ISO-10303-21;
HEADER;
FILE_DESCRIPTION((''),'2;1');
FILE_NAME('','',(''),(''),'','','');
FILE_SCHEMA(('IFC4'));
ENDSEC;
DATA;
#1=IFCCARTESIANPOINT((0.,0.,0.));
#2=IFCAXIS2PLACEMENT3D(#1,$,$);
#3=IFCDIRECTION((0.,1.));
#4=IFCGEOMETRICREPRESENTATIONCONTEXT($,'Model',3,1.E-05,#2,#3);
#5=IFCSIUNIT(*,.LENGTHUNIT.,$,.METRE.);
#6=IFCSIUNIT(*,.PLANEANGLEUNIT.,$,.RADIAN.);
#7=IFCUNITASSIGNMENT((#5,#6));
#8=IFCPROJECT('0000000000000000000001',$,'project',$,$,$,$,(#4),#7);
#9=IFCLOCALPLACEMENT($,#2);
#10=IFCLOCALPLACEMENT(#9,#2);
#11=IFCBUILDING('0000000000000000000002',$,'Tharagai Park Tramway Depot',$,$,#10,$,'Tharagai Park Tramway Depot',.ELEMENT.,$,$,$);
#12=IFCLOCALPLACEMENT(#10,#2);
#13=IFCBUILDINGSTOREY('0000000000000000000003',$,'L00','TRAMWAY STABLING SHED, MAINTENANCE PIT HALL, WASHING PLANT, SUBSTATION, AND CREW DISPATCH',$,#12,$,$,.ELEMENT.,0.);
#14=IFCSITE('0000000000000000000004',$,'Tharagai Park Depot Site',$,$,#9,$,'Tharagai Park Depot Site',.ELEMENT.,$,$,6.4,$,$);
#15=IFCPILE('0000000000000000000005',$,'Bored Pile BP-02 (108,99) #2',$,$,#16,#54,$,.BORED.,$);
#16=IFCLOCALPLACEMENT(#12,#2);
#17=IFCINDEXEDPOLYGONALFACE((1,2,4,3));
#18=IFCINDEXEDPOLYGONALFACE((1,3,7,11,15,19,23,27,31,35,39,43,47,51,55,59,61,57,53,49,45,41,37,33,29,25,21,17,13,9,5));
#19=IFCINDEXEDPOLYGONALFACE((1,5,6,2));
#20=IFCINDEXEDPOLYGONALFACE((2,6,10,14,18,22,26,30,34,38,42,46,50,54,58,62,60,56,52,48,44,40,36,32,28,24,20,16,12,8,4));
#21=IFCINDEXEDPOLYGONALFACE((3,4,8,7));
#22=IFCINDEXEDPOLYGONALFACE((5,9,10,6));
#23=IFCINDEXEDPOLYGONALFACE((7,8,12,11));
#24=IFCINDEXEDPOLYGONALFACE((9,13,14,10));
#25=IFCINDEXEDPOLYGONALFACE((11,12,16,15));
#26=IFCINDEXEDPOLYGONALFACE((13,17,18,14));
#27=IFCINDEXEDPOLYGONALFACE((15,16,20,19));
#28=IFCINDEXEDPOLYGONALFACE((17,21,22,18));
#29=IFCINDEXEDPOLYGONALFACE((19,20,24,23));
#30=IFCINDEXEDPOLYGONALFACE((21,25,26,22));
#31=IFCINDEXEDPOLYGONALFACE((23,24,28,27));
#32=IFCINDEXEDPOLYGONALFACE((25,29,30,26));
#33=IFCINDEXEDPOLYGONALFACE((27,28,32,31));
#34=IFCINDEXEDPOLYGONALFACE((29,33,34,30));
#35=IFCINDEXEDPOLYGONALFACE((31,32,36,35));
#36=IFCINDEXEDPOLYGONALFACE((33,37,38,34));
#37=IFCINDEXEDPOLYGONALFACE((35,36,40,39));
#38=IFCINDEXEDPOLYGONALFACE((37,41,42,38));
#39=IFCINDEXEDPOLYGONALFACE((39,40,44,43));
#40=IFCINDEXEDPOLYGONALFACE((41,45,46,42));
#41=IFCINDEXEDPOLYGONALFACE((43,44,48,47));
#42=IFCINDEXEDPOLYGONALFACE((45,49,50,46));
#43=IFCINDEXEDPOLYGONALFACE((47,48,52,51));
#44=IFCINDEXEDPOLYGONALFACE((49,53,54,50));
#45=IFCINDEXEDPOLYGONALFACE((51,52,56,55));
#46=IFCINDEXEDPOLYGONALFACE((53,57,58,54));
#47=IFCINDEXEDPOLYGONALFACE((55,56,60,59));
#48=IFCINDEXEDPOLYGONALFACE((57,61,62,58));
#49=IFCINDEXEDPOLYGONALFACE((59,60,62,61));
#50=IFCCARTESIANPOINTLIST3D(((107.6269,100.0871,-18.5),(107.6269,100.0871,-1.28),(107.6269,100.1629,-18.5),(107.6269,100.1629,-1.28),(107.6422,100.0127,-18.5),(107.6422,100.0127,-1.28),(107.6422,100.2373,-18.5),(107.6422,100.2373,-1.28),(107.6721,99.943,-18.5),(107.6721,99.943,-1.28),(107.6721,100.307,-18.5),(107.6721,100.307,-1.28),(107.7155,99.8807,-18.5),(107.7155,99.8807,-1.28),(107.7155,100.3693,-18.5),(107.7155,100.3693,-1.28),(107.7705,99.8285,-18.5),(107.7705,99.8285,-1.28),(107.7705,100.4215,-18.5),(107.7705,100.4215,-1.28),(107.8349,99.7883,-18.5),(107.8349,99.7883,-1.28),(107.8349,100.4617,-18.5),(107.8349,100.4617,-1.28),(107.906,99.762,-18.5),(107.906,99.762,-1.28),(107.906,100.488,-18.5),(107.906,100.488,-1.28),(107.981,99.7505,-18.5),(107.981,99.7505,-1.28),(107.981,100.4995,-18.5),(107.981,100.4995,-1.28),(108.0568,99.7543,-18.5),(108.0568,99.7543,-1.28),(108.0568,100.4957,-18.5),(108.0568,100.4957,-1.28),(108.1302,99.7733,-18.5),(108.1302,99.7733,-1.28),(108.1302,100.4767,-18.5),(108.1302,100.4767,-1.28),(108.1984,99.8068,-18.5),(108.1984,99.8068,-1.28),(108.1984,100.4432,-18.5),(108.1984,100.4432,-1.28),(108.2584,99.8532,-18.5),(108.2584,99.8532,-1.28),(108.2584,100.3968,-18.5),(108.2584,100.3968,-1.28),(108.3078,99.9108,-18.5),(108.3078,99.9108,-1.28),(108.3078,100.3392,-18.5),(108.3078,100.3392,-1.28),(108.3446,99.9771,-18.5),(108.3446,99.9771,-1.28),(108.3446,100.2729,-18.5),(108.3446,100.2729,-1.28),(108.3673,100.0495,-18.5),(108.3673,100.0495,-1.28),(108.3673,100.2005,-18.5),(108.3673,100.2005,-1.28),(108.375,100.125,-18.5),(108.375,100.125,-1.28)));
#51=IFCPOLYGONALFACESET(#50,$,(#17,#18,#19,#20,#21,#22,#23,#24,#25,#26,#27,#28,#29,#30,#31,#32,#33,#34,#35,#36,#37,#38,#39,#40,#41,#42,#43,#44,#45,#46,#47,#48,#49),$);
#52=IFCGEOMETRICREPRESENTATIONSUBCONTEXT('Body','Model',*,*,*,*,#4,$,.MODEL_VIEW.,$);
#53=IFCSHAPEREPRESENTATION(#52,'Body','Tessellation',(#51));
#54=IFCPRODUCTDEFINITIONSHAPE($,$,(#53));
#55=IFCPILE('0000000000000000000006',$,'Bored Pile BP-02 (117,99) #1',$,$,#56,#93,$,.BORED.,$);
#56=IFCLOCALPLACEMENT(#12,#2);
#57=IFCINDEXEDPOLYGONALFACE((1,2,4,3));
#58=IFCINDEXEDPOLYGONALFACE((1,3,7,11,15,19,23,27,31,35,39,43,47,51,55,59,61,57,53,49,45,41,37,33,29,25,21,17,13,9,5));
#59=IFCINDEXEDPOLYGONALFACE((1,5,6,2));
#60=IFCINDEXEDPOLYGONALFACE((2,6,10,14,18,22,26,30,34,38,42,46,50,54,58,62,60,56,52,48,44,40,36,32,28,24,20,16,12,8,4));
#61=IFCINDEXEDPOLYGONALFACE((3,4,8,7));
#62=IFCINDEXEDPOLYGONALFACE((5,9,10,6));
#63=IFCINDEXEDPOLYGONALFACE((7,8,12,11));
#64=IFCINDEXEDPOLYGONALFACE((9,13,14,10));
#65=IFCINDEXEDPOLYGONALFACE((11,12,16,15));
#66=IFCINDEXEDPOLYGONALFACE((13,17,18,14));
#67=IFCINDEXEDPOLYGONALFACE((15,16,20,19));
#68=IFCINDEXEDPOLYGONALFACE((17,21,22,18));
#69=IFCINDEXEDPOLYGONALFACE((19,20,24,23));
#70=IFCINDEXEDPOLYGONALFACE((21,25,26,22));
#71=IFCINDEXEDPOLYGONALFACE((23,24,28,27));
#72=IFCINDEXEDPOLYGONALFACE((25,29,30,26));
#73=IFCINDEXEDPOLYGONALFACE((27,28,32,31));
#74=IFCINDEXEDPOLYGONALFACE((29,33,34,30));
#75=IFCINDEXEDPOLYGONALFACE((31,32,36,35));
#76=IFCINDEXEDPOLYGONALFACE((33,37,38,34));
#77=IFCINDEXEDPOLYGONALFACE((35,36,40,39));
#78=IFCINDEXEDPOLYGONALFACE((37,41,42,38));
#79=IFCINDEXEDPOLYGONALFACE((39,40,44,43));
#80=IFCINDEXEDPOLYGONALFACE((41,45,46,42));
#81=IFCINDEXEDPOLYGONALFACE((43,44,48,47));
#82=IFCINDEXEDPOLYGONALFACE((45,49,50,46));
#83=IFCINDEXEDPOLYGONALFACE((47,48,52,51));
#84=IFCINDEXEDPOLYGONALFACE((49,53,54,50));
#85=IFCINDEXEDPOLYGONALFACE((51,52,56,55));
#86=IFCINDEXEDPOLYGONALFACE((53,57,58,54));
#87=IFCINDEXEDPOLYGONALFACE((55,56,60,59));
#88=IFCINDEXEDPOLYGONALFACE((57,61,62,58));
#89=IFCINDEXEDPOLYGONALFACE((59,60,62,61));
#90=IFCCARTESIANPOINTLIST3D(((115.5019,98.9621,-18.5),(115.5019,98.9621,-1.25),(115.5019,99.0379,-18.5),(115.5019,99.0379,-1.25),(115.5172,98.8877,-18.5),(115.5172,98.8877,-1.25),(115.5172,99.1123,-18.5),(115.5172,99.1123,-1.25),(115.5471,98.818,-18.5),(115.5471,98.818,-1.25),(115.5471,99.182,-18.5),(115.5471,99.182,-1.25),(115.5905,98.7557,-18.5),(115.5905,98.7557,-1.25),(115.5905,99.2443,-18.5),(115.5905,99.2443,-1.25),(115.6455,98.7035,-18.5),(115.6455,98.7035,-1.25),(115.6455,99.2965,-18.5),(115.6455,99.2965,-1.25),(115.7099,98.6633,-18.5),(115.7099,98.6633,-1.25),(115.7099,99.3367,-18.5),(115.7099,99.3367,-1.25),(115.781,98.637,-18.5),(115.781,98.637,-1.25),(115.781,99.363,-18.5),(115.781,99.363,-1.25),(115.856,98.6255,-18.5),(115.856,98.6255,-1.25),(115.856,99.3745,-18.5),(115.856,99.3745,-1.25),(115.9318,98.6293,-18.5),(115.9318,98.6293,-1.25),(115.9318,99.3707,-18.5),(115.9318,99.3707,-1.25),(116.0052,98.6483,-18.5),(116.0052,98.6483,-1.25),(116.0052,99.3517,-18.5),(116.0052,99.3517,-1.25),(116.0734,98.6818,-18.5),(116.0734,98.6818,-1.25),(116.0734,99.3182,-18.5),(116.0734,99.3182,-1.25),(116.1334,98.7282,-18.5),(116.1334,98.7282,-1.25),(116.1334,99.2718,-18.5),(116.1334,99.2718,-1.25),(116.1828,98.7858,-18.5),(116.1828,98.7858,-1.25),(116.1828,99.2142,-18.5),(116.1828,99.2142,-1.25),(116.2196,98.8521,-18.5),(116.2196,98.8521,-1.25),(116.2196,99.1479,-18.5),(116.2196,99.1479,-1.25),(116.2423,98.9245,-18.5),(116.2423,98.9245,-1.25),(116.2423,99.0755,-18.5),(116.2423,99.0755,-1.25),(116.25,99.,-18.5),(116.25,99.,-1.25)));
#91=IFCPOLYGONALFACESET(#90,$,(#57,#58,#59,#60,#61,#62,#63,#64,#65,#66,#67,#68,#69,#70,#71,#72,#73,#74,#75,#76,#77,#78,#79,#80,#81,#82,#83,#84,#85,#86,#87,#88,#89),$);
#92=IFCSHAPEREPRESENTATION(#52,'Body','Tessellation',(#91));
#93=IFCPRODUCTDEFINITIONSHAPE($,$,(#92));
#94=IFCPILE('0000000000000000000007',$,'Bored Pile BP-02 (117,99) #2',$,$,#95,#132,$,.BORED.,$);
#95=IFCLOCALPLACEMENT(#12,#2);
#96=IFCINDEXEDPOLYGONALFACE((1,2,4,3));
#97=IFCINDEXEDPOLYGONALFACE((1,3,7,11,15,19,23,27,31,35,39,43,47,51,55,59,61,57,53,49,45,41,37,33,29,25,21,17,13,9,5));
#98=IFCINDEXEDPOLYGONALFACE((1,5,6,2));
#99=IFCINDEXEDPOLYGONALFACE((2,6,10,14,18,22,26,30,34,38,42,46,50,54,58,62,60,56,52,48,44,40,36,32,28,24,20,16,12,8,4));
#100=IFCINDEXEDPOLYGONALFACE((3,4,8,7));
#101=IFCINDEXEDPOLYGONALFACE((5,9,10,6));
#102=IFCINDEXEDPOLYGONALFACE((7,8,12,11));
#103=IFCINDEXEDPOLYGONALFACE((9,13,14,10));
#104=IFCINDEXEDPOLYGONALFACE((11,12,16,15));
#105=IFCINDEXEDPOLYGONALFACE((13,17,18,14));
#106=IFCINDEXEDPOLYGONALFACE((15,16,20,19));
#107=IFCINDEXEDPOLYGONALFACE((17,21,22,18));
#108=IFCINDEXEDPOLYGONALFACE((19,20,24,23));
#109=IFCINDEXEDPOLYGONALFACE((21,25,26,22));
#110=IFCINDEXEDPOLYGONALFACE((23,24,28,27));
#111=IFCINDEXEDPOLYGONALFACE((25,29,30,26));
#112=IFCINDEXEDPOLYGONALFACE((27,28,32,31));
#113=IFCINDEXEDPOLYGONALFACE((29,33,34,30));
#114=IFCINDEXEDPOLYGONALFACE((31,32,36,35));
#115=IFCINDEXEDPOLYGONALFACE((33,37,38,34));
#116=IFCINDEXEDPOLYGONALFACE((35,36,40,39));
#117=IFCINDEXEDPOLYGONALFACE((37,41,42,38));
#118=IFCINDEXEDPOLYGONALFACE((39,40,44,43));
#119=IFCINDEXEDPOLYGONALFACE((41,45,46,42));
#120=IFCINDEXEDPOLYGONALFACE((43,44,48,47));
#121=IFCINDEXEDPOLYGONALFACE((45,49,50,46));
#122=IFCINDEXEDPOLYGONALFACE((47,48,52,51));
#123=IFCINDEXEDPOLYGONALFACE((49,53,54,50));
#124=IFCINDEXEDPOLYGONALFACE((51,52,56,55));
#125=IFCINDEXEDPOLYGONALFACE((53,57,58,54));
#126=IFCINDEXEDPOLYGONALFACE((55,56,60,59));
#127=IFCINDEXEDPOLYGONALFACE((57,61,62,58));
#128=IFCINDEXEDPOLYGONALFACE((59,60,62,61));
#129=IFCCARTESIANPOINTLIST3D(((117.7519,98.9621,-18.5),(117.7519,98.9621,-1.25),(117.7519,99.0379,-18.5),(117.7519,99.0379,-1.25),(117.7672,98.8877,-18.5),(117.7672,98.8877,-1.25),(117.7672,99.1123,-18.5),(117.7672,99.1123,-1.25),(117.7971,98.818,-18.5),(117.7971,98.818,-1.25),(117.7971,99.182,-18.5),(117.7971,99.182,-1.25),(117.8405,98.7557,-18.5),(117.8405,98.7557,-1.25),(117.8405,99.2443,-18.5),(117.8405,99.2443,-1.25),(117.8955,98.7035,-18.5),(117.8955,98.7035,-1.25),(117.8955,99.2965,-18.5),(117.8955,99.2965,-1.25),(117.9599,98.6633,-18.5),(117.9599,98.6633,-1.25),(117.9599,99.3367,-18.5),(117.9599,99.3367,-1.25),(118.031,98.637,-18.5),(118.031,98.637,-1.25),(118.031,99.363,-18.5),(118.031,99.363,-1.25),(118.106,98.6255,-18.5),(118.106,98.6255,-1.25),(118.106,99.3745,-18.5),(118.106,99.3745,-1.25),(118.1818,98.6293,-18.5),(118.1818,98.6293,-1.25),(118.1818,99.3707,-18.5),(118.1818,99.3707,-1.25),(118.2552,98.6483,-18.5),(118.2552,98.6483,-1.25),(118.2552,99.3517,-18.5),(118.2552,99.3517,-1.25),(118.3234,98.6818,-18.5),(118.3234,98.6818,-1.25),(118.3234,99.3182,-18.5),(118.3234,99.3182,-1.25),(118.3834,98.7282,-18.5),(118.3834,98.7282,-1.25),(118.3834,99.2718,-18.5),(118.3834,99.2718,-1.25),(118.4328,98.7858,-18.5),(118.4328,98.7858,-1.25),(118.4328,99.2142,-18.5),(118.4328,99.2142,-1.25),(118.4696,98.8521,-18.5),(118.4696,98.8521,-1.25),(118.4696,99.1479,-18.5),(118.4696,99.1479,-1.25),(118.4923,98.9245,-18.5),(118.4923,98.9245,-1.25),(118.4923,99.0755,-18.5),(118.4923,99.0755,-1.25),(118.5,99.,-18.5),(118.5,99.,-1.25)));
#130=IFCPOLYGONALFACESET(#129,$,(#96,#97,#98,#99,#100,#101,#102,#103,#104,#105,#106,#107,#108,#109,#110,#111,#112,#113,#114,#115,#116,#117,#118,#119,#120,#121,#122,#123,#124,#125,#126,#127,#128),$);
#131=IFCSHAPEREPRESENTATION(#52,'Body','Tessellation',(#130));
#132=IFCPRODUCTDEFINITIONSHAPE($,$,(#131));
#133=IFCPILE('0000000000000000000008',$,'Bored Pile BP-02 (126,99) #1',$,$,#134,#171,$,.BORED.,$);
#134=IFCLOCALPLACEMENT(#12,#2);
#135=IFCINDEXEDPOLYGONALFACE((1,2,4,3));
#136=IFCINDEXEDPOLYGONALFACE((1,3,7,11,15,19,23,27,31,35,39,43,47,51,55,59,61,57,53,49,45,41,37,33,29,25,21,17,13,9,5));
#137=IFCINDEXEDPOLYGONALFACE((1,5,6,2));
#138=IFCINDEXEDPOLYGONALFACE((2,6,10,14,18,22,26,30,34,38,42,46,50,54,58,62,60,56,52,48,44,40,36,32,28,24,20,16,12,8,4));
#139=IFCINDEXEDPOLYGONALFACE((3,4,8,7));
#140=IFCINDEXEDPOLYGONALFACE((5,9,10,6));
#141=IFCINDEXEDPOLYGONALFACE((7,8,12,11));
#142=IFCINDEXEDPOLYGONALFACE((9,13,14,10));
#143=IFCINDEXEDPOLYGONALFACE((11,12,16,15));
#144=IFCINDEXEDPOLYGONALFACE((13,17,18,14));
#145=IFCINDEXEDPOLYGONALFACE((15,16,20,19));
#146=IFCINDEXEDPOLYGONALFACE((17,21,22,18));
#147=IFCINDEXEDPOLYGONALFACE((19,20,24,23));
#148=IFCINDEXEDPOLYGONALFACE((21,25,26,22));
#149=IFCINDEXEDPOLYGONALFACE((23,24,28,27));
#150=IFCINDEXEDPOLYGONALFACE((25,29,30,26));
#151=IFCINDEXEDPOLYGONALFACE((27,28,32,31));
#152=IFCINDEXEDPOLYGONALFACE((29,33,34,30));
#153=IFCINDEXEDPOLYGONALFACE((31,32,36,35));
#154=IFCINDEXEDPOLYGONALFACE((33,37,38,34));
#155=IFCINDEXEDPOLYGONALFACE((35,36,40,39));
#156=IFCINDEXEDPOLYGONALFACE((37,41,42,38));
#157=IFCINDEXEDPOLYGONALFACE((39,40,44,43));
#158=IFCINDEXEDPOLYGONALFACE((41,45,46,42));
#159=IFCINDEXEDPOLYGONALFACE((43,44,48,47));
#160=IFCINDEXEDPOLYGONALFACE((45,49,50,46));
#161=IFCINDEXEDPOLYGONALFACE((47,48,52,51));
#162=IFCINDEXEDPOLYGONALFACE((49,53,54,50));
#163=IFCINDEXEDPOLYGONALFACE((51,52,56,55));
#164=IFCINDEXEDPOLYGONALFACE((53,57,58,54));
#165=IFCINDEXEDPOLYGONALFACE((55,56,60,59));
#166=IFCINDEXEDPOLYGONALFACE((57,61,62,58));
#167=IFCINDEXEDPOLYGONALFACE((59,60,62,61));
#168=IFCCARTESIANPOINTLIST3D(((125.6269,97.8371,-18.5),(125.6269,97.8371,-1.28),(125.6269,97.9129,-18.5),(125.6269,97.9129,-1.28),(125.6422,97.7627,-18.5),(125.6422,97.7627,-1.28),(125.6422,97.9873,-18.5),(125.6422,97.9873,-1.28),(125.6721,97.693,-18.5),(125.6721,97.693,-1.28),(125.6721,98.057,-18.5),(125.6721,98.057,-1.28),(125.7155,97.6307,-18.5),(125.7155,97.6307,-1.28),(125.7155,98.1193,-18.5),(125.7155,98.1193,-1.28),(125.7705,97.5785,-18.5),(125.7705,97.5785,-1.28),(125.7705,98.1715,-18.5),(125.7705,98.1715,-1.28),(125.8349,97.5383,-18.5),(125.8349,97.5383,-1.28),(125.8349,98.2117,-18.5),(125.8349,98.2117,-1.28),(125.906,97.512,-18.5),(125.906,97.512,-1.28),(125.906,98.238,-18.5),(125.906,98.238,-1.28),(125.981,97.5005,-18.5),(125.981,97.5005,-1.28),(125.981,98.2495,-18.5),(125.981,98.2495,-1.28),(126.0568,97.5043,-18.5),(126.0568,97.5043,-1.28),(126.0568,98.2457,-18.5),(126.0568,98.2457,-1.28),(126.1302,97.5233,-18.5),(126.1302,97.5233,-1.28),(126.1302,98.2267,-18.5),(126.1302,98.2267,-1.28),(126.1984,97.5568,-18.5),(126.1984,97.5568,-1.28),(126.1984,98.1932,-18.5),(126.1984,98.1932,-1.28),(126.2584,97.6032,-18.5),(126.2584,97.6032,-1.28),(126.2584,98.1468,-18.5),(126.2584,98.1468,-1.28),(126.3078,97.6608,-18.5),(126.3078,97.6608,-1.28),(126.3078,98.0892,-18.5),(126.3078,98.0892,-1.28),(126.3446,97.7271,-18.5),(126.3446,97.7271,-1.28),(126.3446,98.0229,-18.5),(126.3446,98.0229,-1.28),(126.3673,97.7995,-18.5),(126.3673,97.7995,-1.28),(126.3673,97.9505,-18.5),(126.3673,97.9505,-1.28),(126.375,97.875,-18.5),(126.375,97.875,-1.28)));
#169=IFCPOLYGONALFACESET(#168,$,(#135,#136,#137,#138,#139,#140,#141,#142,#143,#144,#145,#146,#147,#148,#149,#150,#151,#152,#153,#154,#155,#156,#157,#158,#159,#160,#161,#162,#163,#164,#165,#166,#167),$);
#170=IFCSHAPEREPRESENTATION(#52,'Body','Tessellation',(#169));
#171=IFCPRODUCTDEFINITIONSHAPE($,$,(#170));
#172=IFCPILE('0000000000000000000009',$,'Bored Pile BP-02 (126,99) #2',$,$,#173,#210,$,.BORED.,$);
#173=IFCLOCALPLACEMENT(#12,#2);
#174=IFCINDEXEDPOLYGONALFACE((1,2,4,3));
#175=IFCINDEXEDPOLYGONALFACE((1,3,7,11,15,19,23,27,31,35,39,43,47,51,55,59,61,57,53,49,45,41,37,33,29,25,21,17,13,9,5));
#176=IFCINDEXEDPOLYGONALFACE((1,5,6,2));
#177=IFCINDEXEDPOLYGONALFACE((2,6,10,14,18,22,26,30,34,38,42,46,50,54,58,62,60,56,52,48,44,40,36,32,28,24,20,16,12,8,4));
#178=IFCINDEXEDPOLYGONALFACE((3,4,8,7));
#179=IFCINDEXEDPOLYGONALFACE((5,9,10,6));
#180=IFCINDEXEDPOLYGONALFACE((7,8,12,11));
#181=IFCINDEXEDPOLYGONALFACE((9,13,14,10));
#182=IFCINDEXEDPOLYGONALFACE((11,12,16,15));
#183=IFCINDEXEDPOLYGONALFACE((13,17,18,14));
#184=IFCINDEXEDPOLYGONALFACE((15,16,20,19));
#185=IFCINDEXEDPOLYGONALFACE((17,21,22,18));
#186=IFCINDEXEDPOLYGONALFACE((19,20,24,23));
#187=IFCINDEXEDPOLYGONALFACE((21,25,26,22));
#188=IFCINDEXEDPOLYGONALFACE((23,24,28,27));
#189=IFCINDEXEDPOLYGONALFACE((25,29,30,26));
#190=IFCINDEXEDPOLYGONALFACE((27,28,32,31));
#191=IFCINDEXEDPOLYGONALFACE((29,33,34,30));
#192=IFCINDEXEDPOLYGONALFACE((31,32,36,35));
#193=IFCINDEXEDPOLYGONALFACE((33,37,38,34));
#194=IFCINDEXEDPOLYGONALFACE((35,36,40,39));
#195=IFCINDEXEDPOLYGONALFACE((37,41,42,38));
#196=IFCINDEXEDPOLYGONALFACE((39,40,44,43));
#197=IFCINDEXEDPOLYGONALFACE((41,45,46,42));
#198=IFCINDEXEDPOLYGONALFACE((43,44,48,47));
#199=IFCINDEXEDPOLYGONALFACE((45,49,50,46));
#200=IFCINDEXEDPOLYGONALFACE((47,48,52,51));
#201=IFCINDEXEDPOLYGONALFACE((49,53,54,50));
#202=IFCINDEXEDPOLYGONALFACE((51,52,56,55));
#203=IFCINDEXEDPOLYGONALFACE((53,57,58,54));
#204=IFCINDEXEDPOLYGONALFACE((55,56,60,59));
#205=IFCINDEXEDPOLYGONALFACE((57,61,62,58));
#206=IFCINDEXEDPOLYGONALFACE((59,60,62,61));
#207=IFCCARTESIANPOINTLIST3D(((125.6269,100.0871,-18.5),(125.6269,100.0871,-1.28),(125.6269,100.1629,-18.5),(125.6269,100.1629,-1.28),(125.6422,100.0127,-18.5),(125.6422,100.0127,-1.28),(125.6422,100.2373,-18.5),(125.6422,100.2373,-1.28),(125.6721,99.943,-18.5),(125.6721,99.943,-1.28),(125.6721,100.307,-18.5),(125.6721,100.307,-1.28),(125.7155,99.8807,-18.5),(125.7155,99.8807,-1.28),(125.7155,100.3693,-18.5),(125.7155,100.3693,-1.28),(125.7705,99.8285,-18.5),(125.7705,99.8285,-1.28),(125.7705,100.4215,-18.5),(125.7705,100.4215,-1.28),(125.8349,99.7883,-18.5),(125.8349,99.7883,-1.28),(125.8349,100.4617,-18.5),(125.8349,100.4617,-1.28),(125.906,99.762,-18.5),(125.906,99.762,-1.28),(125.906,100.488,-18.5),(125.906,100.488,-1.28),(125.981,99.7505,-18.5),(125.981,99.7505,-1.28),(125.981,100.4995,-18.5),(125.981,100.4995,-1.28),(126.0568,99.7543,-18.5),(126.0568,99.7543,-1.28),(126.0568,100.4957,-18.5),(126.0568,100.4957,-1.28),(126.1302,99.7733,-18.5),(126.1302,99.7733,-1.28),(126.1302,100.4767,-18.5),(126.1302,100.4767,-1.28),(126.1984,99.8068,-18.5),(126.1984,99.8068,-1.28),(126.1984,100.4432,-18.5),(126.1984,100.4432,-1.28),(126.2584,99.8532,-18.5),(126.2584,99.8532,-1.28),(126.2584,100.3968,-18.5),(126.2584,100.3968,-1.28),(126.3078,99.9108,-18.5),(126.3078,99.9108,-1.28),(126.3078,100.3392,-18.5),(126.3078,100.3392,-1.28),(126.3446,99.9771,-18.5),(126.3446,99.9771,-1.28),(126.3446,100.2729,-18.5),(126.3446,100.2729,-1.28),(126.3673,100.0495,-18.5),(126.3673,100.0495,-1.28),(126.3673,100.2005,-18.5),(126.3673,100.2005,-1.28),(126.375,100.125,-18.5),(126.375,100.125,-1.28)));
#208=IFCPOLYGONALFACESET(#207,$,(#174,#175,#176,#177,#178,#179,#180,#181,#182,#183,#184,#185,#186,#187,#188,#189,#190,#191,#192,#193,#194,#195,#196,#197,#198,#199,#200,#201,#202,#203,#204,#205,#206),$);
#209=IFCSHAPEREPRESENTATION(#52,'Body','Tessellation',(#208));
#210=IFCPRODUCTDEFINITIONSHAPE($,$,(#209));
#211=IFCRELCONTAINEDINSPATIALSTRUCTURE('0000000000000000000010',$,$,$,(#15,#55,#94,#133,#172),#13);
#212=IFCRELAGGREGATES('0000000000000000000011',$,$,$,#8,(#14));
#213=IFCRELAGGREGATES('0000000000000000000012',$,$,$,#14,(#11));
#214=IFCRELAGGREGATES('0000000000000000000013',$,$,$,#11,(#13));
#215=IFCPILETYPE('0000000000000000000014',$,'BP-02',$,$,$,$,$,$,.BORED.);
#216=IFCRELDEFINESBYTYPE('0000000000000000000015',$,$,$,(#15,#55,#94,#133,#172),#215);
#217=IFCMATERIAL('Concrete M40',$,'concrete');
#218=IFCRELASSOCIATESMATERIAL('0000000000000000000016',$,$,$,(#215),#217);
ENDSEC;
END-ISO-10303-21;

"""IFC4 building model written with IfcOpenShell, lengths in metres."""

from ifc_helpers import new_model, si_unit, direction, frame, origin, origin_2d, place, context, subcontext, project, spatial, circle, extrude, material, material_profile, profile_set, type_object, element, save


model = new_model("IFC4")

# Units and contexts
model_context = context("Model", 3, precision=1e-05, world=origin(), true_north=direction((0.0, 1.0)))
body_context = subcontext(model_context, "Body", "Model", "MODEL_VIEW")
ifc_project = project(units=[si_unit("LENGTHUNIT", "METRE"), si_unit("PLANEANGLEUNIT", "RADIAN")], contexts=[model_context])

# Site, building, storey
site_placement = place(None, origin())
site = spatial("IfcSite", under=ifc_project, at=site_placement, Name="Tharagai Park Depot Site", LongName="Tharagai Park Depot Site", CompositionType="ELEMENT", RefElevation=6.4)
building_placement = place(site_placement, origin())
building = spatial("IfcBuilding", under=site, at=building_placement, Name="Tharagai Park Tramway Depot", LongName="Tharagai Park Tramway Depot", CompositionType="ELEMENT")
storey_placement = place(building_placement, origin())
storey = spatial("IfcBuildingStorey", under=building, at=storey_placement, Name="L00", Description="TRAMWAY STABLING SHED, MAINTENANCE PIT HALL, WASHING PLANT, SUBSTATION, AND CREW DISPATCH", CompositionType="ELEMENT", Elevation=0.0)

# Piles
ifc_material_1 = material(Name="Concrete M40", Category="concrete")
ifc_material_profile_1 = material_profile(ifc_material_1, circle(Radius=0.375, at=origin_2d()), Name="PILE D750")
ifc_profile_set_1 = profile_set([ifc_material_profile_1], Name="Concrete M40")
pile_type_1 = type_object("IfcPileType", Name="BP-02", PredefinedType="BORED", material=ifc_profile_set_1)
pile_placement = place(storey_placement, frame((108.0, 100.125, -1.28), z_axis=(0.0, 0.0, -1.0), x_axis=(1.0, 0.0, 0.0)))
element("IfcPile", 1, at=pile_placement, inside=storey, type_object=pile_type_1, Name="Bored Pile BP-02 (108,99) #2", PredefinedType="BORED", context=body_context, shape_type="SweptSolid", body=[
    extrude(circle(Radius=0.375, at=origin_2d()), origin(), (0.0, 0.0, 1.0), 17.22),
])
for number, where, z_axis, x_axis, name in (
    (2, (115.875, 99.0, -1.25), (0.0, 0.0, -1.0), (1.0, 0.0, 0.0), "Bored Pile BP-02 (117,99) #1"),
    (3, (118.125, 99.0, -1.25), (0.0, 0.0, -1.0), (1.0, 0.0, 0.0), "Bored Pile BP-02 (117,99) #2"),
):
    element("IfcPile", number, at=place(storey_placement, frame(where, z_axis=z_axis, x_axis=x_axis)), inside=storey, type_object=pile_type_1, Name=name, PredefinedType="BORED", context=body_context, shape_type="SweptSolid", body=[
        extrude(circle(Radius=0.375, at=origin_2d()), origin(), (0.0, 0.0, 1.0), 17.25),
    ])
for number, where, z_axis, x_axis, name in (
    (4, (126.0, 97.875, -1.28), (0.0, 0.0, -1.0), (1.0, 0.0, 0.0), "Bored Pile BP-02 (126,99) #1"),
    (5, (126.0, 100.125, -1.28), (0.0, 0.0, -1.0), (1.0, 0.0, 0.0), "Bored Pile BP-02 (126,99) #2"),
):
    element("IfcPile", number, at=place(storey_placement, frame(where, z_axis=z_axis, x_axis=x_axis)), inside=storey, type_object=pile_type_1, Name=name, PredefinedType="BORED", context=body_context, shape_type="SweptSolid", body=[
        extrude(circle(Radius=0.375, at=origin_2d()), origin(), (0.0, 0.0, 1.0), 17.22),
    ])

save(model, "model.ifc")
